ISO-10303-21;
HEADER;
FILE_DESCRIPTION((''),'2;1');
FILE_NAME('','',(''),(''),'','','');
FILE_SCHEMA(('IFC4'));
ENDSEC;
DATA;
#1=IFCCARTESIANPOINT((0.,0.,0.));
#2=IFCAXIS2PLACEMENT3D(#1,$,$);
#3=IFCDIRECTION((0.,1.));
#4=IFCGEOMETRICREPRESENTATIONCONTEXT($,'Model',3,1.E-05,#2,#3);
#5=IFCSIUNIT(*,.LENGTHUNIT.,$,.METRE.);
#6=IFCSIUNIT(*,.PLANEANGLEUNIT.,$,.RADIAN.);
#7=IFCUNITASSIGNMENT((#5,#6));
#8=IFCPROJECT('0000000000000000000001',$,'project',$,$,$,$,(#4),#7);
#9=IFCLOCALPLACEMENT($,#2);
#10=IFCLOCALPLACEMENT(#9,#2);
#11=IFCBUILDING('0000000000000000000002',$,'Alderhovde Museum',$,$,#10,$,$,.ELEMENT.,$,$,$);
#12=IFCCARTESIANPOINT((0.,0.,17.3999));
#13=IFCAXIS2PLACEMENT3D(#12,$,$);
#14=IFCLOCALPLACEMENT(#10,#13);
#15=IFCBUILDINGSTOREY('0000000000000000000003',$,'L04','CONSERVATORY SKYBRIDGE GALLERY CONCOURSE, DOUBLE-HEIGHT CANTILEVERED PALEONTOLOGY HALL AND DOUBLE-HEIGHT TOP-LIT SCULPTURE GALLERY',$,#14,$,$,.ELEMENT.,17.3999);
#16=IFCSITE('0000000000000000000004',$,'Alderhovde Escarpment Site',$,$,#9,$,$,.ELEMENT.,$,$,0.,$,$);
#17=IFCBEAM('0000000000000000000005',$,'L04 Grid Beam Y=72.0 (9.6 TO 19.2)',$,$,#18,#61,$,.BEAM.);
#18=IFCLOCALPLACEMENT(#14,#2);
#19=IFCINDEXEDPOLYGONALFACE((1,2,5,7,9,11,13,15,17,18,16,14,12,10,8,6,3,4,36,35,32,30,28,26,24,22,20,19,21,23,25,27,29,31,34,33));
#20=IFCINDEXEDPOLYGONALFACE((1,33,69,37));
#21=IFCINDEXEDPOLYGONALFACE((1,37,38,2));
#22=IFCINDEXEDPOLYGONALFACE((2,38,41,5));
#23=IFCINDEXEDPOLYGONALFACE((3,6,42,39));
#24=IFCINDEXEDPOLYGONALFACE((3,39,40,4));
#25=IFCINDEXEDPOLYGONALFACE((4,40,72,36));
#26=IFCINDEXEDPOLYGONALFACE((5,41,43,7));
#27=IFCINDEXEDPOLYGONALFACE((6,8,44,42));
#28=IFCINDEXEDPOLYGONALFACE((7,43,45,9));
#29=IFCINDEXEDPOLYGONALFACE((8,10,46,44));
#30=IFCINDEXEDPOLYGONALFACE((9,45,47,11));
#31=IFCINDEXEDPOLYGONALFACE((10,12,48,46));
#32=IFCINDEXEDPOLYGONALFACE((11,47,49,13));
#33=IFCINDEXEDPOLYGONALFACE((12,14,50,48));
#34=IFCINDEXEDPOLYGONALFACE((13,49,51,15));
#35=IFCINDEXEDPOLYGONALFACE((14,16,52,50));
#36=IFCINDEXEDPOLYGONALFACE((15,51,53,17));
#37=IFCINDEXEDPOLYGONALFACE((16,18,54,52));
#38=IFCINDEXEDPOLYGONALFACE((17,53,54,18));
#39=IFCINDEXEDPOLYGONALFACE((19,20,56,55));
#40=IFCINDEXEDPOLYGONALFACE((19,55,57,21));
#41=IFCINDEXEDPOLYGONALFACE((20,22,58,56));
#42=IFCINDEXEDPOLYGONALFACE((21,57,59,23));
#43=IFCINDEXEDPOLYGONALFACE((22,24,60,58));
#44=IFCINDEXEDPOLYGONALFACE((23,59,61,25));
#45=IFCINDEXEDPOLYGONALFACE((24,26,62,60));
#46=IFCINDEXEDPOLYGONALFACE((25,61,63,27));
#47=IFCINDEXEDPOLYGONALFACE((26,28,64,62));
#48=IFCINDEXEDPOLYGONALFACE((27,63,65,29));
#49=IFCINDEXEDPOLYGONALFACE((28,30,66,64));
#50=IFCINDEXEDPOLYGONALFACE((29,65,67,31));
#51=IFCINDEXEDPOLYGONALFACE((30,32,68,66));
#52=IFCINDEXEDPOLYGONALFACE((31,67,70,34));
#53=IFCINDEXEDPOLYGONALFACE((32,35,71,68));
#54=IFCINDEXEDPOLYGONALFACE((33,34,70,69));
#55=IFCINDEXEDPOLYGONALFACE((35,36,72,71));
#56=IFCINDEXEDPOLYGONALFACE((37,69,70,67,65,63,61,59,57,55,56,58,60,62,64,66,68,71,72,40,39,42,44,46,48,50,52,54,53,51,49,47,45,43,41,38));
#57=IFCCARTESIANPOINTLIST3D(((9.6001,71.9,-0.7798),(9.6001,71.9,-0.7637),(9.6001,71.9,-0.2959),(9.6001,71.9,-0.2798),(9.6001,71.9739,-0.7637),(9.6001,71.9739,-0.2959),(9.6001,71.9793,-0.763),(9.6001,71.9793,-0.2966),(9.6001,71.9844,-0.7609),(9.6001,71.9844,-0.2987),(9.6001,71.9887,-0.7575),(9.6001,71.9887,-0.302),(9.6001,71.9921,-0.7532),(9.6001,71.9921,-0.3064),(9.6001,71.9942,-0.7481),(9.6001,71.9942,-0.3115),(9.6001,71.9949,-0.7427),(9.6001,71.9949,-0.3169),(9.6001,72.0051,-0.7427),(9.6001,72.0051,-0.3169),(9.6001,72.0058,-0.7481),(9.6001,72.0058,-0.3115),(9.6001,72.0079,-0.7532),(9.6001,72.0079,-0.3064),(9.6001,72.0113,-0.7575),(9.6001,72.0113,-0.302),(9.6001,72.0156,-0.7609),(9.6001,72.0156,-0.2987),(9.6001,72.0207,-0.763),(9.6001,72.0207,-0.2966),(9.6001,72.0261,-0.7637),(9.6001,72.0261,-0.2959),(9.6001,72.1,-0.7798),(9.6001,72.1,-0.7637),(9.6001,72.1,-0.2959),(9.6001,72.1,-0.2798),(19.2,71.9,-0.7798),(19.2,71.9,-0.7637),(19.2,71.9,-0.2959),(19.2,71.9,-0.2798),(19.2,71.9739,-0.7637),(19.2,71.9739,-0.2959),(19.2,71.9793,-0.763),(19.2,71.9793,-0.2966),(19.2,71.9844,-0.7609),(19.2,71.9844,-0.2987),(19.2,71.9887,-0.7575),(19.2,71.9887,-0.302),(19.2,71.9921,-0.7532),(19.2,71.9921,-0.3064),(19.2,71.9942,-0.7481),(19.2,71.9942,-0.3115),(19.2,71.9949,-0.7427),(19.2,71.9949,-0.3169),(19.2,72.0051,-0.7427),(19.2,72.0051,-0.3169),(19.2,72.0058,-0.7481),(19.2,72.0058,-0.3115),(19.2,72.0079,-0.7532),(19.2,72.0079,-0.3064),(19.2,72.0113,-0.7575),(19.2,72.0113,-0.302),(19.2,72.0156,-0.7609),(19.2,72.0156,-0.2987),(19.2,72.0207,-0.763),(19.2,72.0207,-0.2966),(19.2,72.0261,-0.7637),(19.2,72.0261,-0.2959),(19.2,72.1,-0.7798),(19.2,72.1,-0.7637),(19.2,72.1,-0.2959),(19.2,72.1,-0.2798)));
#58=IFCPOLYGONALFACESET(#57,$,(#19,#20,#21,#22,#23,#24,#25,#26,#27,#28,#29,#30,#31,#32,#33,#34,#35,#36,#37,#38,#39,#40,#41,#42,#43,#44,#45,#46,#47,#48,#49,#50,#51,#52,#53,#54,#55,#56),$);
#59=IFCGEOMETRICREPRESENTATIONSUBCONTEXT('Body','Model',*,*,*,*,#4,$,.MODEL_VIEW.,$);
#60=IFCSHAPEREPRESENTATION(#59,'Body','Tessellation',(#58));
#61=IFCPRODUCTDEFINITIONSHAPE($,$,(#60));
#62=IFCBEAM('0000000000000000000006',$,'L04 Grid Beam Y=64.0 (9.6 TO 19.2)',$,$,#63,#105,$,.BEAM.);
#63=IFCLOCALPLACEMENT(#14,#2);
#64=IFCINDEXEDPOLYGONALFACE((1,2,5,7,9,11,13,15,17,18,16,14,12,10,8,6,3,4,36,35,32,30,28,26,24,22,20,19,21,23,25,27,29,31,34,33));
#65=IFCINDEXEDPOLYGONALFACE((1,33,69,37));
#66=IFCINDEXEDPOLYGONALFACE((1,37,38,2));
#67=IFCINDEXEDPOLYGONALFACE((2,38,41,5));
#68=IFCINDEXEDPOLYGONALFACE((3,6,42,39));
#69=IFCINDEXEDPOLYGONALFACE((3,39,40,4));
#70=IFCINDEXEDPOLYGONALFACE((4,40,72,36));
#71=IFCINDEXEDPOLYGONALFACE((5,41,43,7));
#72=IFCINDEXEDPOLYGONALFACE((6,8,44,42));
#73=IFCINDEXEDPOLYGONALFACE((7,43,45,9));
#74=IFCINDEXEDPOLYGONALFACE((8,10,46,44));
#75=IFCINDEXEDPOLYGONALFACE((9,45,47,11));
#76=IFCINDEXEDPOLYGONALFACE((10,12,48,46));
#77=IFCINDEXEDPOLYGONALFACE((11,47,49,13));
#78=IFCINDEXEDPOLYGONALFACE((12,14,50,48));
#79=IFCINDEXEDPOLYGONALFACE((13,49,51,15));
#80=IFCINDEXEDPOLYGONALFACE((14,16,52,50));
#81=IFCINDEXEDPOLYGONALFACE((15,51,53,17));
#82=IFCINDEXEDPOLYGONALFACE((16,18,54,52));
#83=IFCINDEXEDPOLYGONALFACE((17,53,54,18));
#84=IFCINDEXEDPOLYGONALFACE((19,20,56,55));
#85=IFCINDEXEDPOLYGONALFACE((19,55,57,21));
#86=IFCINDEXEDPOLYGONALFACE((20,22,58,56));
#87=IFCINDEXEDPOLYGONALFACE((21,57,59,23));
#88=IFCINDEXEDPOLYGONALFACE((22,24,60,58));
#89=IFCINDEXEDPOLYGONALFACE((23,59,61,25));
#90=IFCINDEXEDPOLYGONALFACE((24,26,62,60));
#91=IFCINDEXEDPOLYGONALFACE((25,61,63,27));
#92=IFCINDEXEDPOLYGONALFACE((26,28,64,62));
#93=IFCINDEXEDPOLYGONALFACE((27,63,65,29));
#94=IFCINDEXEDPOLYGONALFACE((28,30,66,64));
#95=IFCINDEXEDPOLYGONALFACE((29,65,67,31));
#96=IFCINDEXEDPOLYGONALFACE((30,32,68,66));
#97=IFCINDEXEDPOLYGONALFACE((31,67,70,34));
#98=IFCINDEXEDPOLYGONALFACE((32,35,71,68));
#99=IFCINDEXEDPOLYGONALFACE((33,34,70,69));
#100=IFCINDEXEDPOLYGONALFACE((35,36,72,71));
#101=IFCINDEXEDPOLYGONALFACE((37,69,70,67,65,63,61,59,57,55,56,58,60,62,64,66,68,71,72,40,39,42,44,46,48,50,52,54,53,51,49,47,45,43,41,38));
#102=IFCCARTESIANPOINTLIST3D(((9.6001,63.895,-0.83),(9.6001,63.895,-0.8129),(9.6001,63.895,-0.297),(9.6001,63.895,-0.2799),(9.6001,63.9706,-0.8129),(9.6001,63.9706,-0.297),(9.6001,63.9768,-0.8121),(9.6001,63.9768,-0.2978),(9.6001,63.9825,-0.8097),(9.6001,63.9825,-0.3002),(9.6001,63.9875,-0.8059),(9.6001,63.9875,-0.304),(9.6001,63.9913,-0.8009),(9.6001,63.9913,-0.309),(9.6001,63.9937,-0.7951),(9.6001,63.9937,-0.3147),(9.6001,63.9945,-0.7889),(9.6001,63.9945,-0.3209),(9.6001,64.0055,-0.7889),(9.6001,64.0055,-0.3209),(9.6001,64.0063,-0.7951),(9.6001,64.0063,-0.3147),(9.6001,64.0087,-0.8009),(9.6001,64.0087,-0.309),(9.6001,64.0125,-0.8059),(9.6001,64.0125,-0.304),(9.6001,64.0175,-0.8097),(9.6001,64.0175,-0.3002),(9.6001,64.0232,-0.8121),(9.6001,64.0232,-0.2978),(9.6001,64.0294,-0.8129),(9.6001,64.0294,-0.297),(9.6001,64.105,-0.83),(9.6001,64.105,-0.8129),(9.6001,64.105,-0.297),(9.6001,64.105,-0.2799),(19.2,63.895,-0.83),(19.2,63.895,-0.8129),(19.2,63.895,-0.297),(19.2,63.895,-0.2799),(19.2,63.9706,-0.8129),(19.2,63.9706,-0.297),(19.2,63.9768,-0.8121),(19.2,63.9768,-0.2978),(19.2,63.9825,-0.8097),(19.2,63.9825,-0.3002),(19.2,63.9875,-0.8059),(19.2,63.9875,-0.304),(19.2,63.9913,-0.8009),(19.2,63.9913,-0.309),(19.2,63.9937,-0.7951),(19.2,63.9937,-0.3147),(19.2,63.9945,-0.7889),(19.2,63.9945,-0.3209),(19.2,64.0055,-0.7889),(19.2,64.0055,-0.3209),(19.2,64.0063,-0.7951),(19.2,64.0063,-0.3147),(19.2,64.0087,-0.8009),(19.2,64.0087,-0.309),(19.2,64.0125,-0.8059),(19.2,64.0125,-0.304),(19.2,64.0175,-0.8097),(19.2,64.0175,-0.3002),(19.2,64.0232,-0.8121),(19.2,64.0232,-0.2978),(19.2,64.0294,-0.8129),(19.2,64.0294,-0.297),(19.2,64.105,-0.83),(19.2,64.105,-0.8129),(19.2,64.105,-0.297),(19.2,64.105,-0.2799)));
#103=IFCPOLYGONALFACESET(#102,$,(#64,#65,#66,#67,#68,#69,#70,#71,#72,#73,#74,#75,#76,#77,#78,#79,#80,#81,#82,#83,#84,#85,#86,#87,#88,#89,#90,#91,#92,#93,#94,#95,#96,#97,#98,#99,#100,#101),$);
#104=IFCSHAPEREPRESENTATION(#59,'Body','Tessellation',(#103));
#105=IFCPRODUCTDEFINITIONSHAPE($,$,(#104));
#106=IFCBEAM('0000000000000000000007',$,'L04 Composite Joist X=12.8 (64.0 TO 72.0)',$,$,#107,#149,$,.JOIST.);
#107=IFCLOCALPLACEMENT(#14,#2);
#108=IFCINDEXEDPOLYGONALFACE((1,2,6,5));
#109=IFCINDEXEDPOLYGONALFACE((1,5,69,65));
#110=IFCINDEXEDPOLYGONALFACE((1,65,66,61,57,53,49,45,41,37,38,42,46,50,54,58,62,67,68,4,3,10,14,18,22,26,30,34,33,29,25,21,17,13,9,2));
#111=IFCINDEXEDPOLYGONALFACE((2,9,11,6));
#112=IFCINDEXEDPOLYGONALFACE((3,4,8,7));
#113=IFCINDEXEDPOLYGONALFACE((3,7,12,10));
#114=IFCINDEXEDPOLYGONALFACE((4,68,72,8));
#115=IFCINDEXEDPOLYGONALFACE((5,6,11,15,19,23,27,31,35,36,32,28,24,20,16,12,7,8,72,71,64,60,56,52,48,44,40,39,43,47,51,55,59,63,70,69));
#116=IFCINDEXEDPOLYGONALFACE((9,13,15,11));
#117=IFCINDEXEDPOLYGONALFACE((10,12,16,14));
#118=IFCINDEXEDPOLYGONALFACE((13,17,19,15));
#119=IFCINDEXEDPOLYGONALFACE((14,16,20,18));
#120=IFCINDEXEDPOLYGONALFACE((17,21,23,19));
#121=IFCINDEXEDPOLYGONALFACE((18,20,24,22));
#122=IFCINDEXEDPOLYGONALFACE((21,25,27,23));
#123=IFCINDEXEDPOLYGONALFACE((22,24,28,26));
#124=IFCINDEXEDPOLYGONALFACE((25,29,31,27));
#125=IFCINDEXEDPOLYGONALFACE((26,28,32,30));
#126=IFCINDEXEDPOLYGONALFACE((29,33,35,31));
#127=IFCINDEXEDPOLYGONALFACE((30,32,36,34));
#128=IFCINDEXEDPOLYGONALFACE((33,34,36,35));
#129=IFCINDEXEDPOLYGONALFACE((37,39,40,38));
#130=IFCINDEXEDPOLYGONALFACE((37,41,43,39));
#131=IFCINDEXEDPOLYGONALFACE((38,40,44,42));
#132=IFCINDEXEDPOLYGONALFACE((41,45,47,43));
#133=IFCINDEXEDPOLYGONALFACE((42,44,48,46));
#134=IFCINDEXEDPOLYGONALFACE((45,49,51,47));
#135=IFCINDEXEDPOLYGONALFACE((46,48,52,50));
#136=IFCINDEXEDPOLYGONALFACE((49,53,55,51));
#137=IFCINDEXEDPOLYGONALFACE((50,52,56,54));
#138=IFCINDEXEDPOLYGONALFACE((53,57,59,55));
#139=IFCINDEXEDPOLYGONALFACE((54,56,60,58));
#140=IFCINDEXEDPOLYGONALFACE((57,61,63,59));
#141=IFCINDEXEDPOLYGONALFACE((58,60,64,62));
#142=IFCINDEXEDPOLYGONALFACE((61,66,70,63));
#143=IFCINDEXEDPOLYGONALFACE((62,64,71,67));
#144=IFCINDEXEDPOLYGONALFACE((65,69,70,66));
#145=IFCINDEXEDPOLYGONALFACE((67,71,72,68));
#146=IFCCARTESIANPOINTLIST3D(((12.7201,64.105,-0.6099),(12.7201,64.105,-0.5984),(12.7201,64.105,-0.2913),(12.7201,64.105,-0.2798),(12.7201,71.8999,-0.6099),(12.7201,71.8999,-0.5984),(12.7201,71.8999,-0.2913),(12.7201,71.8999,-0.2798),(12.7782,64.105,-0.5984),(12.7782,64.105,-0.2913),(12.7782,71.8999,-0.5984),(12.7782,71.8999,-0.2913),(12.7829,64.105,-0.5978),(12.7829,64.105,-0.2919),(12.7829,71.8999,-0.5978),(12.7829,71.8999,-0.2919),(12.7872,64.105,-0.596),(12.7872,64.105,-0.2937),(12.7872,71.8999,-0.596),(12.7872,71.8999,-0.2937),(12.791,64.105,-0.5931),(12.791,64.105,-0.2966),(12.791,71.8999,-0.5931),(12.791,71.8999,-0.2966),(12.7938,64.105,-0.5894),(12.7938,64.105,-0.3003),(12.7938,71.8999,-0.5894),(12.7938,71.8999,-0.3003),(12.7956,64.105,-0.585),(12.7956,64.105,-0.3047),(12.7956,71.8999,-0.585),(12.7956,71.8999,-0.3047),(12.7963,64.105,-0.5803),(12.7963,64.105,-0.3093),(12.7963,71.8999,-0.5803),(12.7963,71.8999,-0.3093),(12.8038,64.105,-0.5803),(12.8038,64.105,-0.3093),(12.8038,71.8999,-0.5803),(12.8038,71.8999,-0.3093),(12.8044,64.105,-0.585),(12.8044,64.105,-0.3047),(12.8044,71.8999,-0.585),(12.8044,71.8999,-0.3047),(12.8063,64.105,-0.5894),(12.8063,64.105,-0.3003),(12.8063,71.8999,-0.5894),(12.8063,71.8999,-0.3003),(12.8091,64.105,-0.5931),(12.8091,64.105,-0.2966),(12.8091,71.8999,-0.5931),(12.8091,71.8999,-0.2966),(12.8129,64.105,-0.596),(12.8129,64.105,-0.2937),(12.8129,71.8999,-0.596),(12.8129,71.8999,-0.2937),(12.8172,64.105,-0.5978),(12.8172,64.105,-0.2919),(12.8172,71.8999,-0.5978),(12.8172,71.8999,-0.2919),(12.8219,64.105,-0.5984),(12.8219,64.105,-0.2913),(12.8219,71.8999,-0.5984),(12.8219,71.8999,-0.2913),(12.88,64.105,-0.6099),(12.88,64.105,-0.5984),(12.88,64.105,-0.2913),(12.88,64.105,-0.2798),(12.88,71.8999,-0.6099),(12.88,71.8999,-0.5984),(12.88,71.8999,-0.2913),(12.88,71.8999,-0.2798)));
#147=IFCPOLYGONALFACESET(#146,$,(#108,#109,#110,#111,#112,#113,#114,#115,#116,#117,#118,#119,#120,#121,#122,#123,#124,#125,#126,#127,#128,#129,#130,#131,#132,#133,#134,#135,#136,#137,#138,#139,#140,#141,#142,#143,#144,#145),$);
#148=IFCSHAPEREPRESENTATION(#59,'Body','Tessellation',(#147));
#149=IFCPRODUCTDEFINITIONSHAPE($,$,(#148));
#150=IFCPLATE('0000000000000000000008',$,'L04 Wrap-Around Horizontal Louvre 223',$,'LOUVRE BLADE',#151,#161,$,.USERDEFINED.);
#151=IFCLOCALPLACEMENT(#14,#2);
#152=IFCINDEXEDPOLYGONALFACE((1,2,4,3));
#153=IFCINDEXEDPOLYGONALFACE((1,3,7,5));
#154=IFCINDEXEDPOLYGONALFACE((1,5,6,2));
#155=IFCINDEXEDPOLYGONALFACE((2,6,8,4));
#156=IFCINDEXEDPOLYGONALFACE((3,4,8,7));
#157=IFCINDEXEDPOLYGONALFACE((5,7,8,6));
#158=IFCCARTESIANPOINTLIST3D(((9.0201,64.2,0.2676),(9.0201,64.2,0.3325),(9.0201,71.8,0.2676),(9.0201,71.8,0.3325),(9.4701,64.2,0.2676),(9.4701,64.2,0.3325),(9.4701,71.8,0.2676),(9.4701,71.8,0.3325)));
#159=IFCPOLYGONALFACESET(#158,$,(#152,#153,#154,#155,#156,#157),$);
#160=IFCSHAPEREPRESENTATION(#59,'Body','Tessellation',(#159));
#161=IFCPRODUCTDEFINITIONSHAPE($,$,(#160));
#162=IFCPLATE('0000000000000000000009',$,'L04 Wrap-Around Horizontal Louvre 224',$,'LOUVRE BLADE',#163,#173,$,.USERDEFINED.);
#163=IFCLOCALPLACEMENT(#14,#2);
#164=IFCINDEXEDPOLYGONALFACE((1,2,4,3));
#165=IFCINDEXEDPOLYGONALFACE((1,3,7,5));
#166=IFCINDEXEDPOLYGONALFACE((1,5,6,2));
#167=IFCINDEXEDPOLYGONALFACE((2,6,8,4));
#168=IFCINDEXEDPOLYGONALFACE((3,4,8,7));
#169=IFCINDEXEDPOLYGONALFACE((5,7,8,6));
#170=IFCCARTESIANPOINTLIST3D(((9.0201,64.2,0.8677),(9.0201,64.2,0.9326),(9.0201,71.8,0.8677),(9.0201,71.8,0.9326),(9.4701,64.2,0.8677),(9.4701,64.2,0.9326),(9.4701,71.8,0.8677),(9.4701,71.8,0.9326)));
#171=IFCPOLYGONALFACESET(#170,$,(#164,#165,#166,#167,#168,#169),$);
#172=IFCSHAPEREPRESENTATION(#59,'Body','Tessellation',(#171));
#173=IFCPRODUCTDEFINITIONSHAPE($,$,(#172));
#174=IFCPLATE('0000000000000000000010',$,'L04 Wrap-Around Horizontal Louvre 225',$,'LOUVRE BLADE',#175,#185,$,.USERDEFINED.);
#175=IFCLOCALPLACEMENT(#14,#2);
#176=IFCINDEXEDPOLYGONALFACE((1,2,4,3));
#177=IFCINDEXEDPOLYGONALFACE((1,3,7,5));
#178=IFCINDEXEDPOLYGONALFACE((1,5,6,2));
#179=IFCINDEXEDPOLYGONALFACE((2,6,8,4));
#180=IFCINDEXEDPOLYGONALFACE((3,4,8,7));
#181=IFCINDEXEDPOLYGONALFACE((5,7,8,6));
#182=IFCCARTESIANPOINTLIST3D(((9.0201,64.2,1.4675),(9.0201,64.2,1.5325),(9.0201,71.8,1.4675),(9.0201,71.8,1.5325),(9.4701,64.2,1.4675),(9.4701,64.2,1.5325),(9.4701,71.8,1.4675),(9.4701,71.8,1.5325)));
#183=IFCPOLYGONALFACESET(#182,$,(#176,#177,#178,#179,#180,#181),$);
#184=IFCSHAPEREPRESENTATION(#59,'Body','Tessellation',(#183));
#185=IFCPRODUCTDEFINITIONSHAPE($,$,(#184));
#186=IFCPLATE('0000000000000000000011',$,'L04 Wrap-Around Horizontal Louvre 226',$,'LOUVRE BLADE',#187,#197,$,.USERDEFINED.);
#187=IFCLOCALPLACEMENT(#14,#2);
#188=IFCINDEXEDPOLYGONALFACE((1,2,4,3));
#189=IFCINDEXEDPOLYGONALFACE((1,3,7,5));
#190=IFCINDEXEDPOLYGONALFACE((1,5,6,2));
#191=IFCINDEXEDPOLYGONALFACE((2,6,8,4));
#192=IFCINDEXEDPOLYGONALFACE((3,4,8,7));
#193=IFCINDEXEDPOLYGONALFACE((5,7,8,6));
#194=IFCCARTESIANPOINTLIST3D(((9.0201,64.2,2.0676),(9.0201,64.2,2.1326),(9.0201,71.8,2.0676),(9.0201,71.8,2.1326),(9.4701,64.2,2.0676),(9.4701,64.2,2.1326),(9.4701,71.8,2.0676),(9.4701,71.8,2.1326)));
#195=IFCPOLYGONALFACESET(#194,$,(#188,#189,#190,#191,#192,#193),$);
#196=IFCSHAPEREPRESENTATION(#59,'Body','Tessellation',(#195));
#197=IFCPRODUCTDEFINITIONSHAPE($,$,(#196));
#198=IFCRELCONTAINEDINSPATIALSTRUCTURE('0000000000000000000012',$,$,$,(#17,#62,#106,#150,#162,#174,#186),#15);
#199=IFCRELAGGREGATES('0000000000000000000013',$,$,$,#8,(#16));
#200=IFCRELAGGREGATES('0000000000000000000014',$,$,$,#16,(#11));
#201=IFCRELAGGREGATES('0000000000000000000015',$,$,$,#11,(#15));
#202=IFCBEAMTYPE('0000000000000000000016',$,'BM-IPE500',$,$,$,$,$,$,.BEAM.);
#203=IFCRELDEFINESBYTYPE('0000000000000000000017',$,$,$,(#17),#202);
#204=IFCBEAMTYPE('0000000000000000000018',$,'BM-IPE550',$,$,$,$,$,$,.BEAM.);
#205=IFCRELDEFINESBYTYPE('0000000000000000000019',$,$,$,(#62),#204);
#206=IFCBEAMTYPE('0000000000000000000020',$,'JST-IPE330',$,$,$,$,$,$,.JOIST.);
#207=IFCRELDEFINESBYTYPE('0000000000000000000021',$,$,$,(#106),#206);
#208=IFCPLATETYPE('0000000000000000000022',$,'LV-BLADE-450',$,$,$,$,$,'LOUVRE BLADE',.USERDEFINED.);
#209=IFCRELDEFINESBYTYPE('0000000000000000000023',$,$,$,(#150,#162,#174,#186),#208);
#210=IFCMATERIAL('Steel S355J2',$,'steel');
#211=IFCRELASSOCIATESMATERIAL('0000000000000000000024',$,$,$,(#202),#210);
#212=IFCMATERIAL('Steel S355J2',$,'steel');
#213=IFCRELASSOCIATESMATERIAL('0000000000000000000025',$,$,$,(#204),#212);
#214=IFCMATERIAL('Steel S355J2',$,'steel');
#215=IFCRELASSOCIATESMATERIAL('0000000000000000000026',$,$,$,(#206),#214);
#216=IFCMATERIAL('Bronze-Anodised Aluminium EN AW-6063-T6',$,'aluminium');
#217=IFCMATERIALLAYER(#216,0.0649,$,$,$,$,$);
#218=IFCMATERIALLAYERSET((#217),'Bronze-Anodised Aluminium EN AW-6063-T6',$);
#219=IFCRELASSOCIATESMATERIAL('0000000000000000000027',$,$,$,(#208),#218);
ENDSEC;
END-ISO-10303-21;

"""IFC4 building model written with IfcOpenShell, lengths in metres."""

from ifc_helpers import new_model, si_unit, direction, frame, origin, origin_2d, place, context, subcontext, project, spatial, rectangle, i_section, extrude, material, layer, layer_set, material_profile, profile_set, type_object, element, save


model = new_model("IFC4")

# Units and contexts
model_context = context("Model", 3, precision=1e-05, world=origin(), true_north=direction((0.0, 1.0)))
body_context = subcontext(model_context, "Body", "Model", "MODEL_VIEW")
ifc_project = project(units=[si_unit("LENGTHUNIT", "METRE"), si_unit("PLANEANGLEUNIT", "RADIAN")], contexts=[model_context])

# Site, building, storey
site_placement = place(None, origin())
site = spatial("IfcSite", under=ifc_project, at=site_placement, Name="Alderhovde Escarpment Site", CompositionType="ELEMENT", RefElevation=0.0)
building_placement = place(site_placement, origin())
building = spatial("IfcBuilding", under=site, at=building_placement, Name="Alderhovde Museum", CompositionType="ELEMENT")
storey_placement = place(building_placement, frame((0.0, 0.0, 17.3999)))
storey = spatial("IfcBuildingStorey", under=building, at=storey_placement, Name="L04", Description="CONSERVATORY SKYBRIDGE GALLERY CONCOURSE, DOUBLE-HEIGHT CANTILEVERED PALEONTOLOGY HALL AND DOUBLE-HEIGHT TOP-LIT SCULPTURE GALLERY", CompositionType="ELEMENT", Elevation=17.3999)

# Beams
ifc_material_1 = material(Name="Steel S355J2", Category="steel")
ifc_material_profile_1 = material_profile(ifc_material_1, i_section(OverallWidth=0.2, OverallDepth=0.5, WebThickness=0.0103, FlangeThickness=0.0161, FilletRadius=0.021, at=origin_2d()), Name="IPE 500")
ifc_profile_set_1 = profile_set([ifc_material_profile_1], Name="Steel S355J2")
beam_type_1 = type_object("IfcBeamType", Name="BM-IPE500", PredefinedType="BEAM", material=ifc_profile_set_1)
beam_1_placement = place(storey_placement, frame((9.6001, 72.0, -0.5298), z_axis=(1.0, 0.0, 0.0), x_axis=(0.0, 1.0, 0.0)))
element("IfcBeam", 1, at=beam_1_placement, inside=storey, type_object=beam_type_1, Name="L04 Grid Beam Y=72.0 (9.6 TO 19.2)", PredefinedType="BEAM", context=body_context, shape_type="SweptSolid", body=[
    extrude(i_section(OverallWidth=0.2, OverallDepth=0.5, WebThickness=0.0103, FlangeThickness=0.0161, FilletRadius=0.021, at=origin_2d()), origin(), (0.0, 0.0, 1.0), 9.5999),
])
ifc_material_2 = material(Name="Steel S355J2", Category="steel")
ifc_material_profile_2 = material_profile(ifc_material_2, i_section(OverallWidth=0.21, OverallDepth=0.55, WebThickness=0.011, FlangeThickness=0.0171, FilletRadius=0.0239, at=origin_2d()), Name="IPE 550")
ifc_profile_set_2 = profile_set([ifc_material_profile_2], Name="Steel S355J2")
beam_type_2 = type_object("IfcBeamType", Name="BM-IPE550", PredefinedType="BEAM", material=ifc_profile_set_2)
beam_2_placement = place(storey_placement, frame((9.6001, 64.0, -0.5549), z_axis=(1.0, 0.0, 0.0), x_axis=(0.0, 1.0, 0.0)))
element("IfcBeam", 2, at=beam_2_placement, inside=storey, type_object=beam_type_2, Name="L04 Grid Beam Y=64.0 (9.6 TO 19.2)", PredefinedType="BEAM", context=body_context, shape_type="SweptSolid", body=[
    extrude(i_section(OverallWidth=0.21, OverallDepth=0.55, WebThickness=0.011, FlangeThickness=0.0171, FilletRadius=0.0239, at=origin_2d()), origin(), (0.0, 0.0, 1.0), 9.5999),
])
ifc_material_3 = material(Name="Steel S355J2", Category="steel")
ifc_material_profile_3 = material_profile(ifc_material_3, i_section(OverallWidth=0.1599, OverallDepth=0.3301, WebThickness=0.0076, FlangeThickness=0.0115, FilletRadius=0.0181, at=origin_2d()), Name="IPE 330")
ifc_profile_set_3 = profile_set([ifc_material_profile_3], Name="Steel S355J2")
beam_type_3 = type_object("IfcBeamType", Name="JST-IPE330", PredefinedType="JOIST", material=ifc_profile_set_3)
beam_3_placement = place(storey_placement, frame((12.8, 64.105, -0.4448), z_axis=(0.0, 1.0, 0.0), x_axis=(-1.0, 0.0, 0.0)))
element("IfcBeam", 3, at=beam_3_placement, inside=storey, type_object=beam_type_3, Name="L04 Composite Joist X=12.8 (64.0 TO 72.0)", PredefinedType="JOIST", context=body_context, shape_type="SweptSolid", body=[
    extrude(i_section(OverallWidth=0.1599, OverallDepth=0.3301, WebThickness=0.0076, FlangeThickness=0.0115, FilletRadius=0.0181, at=origin_2d()), origin(), (0.0, 0.0, 1.0), 7.7949),
])

# Plates
ifc_material_4 = material(Name="Bronze-Anodised Aluminium EN AW-6063-T6", Category="aluminium")
ifc_layer_1 = layer(ifc_material_4, 0.0649)
ifc_layer_set_1 = layer_set([ifc_layer_1], Name="Bronze-Anodised Aluminium EN AW-6063-T6")
plate_type_1 = type_object("IfcPlateType", Name="LV-BLADE-450", ElementType="LOUVRE BLADE", PredefinedType="USERDEFINED", material=ifc_layer_set_1)
for number, where, z_axis, x_axis, name in (
    (4, (9.2451, 68.0, 0.2676), (0.0, 0.0, 1.0), (0.0, 1.0, 0.0), "L04 Wrap-Around Horizontal Louvre 223"),
    (5, (9.2451, 68.0, 0.8677), (0.0, 0.0, 1.0), (0.0, 1.0, 0.0), "L04 Wrap-Around Horizontal Louvre 224"),
    (6, (9.2451, 68.0, 1.4675), (0.0, 0.0, 1.0), (0.0, 1.0, 0.0), "L04 Wrap-Around Horizontal Louvre 225"),
    (7, (9.2451, 68.0, 2.0676), (0.0, 0.0, 1.0), (0.0, 1.0, 0.0), "L04 Wrap-Around Horizontal Louvre 226"),
):
    element("IfcPlate", number, at=place(storey_placement, frame(where, z_axis=z_axis, x_axis=x_axis)), inside=storey, type_object=plate_type_1, Name=name, ObjectType="LOUVRE BLADE", PredefinedType="USERDEFINED", context=body_context, shape_type="SweptSolid", body=[
        extrude(rectangle(XDim=7.6001, YDim=0.45, at=origin_2d()), origin(), (0.0, 0.0, 1.0), 0.0649),
    ])

save(model, "model.ifc")
